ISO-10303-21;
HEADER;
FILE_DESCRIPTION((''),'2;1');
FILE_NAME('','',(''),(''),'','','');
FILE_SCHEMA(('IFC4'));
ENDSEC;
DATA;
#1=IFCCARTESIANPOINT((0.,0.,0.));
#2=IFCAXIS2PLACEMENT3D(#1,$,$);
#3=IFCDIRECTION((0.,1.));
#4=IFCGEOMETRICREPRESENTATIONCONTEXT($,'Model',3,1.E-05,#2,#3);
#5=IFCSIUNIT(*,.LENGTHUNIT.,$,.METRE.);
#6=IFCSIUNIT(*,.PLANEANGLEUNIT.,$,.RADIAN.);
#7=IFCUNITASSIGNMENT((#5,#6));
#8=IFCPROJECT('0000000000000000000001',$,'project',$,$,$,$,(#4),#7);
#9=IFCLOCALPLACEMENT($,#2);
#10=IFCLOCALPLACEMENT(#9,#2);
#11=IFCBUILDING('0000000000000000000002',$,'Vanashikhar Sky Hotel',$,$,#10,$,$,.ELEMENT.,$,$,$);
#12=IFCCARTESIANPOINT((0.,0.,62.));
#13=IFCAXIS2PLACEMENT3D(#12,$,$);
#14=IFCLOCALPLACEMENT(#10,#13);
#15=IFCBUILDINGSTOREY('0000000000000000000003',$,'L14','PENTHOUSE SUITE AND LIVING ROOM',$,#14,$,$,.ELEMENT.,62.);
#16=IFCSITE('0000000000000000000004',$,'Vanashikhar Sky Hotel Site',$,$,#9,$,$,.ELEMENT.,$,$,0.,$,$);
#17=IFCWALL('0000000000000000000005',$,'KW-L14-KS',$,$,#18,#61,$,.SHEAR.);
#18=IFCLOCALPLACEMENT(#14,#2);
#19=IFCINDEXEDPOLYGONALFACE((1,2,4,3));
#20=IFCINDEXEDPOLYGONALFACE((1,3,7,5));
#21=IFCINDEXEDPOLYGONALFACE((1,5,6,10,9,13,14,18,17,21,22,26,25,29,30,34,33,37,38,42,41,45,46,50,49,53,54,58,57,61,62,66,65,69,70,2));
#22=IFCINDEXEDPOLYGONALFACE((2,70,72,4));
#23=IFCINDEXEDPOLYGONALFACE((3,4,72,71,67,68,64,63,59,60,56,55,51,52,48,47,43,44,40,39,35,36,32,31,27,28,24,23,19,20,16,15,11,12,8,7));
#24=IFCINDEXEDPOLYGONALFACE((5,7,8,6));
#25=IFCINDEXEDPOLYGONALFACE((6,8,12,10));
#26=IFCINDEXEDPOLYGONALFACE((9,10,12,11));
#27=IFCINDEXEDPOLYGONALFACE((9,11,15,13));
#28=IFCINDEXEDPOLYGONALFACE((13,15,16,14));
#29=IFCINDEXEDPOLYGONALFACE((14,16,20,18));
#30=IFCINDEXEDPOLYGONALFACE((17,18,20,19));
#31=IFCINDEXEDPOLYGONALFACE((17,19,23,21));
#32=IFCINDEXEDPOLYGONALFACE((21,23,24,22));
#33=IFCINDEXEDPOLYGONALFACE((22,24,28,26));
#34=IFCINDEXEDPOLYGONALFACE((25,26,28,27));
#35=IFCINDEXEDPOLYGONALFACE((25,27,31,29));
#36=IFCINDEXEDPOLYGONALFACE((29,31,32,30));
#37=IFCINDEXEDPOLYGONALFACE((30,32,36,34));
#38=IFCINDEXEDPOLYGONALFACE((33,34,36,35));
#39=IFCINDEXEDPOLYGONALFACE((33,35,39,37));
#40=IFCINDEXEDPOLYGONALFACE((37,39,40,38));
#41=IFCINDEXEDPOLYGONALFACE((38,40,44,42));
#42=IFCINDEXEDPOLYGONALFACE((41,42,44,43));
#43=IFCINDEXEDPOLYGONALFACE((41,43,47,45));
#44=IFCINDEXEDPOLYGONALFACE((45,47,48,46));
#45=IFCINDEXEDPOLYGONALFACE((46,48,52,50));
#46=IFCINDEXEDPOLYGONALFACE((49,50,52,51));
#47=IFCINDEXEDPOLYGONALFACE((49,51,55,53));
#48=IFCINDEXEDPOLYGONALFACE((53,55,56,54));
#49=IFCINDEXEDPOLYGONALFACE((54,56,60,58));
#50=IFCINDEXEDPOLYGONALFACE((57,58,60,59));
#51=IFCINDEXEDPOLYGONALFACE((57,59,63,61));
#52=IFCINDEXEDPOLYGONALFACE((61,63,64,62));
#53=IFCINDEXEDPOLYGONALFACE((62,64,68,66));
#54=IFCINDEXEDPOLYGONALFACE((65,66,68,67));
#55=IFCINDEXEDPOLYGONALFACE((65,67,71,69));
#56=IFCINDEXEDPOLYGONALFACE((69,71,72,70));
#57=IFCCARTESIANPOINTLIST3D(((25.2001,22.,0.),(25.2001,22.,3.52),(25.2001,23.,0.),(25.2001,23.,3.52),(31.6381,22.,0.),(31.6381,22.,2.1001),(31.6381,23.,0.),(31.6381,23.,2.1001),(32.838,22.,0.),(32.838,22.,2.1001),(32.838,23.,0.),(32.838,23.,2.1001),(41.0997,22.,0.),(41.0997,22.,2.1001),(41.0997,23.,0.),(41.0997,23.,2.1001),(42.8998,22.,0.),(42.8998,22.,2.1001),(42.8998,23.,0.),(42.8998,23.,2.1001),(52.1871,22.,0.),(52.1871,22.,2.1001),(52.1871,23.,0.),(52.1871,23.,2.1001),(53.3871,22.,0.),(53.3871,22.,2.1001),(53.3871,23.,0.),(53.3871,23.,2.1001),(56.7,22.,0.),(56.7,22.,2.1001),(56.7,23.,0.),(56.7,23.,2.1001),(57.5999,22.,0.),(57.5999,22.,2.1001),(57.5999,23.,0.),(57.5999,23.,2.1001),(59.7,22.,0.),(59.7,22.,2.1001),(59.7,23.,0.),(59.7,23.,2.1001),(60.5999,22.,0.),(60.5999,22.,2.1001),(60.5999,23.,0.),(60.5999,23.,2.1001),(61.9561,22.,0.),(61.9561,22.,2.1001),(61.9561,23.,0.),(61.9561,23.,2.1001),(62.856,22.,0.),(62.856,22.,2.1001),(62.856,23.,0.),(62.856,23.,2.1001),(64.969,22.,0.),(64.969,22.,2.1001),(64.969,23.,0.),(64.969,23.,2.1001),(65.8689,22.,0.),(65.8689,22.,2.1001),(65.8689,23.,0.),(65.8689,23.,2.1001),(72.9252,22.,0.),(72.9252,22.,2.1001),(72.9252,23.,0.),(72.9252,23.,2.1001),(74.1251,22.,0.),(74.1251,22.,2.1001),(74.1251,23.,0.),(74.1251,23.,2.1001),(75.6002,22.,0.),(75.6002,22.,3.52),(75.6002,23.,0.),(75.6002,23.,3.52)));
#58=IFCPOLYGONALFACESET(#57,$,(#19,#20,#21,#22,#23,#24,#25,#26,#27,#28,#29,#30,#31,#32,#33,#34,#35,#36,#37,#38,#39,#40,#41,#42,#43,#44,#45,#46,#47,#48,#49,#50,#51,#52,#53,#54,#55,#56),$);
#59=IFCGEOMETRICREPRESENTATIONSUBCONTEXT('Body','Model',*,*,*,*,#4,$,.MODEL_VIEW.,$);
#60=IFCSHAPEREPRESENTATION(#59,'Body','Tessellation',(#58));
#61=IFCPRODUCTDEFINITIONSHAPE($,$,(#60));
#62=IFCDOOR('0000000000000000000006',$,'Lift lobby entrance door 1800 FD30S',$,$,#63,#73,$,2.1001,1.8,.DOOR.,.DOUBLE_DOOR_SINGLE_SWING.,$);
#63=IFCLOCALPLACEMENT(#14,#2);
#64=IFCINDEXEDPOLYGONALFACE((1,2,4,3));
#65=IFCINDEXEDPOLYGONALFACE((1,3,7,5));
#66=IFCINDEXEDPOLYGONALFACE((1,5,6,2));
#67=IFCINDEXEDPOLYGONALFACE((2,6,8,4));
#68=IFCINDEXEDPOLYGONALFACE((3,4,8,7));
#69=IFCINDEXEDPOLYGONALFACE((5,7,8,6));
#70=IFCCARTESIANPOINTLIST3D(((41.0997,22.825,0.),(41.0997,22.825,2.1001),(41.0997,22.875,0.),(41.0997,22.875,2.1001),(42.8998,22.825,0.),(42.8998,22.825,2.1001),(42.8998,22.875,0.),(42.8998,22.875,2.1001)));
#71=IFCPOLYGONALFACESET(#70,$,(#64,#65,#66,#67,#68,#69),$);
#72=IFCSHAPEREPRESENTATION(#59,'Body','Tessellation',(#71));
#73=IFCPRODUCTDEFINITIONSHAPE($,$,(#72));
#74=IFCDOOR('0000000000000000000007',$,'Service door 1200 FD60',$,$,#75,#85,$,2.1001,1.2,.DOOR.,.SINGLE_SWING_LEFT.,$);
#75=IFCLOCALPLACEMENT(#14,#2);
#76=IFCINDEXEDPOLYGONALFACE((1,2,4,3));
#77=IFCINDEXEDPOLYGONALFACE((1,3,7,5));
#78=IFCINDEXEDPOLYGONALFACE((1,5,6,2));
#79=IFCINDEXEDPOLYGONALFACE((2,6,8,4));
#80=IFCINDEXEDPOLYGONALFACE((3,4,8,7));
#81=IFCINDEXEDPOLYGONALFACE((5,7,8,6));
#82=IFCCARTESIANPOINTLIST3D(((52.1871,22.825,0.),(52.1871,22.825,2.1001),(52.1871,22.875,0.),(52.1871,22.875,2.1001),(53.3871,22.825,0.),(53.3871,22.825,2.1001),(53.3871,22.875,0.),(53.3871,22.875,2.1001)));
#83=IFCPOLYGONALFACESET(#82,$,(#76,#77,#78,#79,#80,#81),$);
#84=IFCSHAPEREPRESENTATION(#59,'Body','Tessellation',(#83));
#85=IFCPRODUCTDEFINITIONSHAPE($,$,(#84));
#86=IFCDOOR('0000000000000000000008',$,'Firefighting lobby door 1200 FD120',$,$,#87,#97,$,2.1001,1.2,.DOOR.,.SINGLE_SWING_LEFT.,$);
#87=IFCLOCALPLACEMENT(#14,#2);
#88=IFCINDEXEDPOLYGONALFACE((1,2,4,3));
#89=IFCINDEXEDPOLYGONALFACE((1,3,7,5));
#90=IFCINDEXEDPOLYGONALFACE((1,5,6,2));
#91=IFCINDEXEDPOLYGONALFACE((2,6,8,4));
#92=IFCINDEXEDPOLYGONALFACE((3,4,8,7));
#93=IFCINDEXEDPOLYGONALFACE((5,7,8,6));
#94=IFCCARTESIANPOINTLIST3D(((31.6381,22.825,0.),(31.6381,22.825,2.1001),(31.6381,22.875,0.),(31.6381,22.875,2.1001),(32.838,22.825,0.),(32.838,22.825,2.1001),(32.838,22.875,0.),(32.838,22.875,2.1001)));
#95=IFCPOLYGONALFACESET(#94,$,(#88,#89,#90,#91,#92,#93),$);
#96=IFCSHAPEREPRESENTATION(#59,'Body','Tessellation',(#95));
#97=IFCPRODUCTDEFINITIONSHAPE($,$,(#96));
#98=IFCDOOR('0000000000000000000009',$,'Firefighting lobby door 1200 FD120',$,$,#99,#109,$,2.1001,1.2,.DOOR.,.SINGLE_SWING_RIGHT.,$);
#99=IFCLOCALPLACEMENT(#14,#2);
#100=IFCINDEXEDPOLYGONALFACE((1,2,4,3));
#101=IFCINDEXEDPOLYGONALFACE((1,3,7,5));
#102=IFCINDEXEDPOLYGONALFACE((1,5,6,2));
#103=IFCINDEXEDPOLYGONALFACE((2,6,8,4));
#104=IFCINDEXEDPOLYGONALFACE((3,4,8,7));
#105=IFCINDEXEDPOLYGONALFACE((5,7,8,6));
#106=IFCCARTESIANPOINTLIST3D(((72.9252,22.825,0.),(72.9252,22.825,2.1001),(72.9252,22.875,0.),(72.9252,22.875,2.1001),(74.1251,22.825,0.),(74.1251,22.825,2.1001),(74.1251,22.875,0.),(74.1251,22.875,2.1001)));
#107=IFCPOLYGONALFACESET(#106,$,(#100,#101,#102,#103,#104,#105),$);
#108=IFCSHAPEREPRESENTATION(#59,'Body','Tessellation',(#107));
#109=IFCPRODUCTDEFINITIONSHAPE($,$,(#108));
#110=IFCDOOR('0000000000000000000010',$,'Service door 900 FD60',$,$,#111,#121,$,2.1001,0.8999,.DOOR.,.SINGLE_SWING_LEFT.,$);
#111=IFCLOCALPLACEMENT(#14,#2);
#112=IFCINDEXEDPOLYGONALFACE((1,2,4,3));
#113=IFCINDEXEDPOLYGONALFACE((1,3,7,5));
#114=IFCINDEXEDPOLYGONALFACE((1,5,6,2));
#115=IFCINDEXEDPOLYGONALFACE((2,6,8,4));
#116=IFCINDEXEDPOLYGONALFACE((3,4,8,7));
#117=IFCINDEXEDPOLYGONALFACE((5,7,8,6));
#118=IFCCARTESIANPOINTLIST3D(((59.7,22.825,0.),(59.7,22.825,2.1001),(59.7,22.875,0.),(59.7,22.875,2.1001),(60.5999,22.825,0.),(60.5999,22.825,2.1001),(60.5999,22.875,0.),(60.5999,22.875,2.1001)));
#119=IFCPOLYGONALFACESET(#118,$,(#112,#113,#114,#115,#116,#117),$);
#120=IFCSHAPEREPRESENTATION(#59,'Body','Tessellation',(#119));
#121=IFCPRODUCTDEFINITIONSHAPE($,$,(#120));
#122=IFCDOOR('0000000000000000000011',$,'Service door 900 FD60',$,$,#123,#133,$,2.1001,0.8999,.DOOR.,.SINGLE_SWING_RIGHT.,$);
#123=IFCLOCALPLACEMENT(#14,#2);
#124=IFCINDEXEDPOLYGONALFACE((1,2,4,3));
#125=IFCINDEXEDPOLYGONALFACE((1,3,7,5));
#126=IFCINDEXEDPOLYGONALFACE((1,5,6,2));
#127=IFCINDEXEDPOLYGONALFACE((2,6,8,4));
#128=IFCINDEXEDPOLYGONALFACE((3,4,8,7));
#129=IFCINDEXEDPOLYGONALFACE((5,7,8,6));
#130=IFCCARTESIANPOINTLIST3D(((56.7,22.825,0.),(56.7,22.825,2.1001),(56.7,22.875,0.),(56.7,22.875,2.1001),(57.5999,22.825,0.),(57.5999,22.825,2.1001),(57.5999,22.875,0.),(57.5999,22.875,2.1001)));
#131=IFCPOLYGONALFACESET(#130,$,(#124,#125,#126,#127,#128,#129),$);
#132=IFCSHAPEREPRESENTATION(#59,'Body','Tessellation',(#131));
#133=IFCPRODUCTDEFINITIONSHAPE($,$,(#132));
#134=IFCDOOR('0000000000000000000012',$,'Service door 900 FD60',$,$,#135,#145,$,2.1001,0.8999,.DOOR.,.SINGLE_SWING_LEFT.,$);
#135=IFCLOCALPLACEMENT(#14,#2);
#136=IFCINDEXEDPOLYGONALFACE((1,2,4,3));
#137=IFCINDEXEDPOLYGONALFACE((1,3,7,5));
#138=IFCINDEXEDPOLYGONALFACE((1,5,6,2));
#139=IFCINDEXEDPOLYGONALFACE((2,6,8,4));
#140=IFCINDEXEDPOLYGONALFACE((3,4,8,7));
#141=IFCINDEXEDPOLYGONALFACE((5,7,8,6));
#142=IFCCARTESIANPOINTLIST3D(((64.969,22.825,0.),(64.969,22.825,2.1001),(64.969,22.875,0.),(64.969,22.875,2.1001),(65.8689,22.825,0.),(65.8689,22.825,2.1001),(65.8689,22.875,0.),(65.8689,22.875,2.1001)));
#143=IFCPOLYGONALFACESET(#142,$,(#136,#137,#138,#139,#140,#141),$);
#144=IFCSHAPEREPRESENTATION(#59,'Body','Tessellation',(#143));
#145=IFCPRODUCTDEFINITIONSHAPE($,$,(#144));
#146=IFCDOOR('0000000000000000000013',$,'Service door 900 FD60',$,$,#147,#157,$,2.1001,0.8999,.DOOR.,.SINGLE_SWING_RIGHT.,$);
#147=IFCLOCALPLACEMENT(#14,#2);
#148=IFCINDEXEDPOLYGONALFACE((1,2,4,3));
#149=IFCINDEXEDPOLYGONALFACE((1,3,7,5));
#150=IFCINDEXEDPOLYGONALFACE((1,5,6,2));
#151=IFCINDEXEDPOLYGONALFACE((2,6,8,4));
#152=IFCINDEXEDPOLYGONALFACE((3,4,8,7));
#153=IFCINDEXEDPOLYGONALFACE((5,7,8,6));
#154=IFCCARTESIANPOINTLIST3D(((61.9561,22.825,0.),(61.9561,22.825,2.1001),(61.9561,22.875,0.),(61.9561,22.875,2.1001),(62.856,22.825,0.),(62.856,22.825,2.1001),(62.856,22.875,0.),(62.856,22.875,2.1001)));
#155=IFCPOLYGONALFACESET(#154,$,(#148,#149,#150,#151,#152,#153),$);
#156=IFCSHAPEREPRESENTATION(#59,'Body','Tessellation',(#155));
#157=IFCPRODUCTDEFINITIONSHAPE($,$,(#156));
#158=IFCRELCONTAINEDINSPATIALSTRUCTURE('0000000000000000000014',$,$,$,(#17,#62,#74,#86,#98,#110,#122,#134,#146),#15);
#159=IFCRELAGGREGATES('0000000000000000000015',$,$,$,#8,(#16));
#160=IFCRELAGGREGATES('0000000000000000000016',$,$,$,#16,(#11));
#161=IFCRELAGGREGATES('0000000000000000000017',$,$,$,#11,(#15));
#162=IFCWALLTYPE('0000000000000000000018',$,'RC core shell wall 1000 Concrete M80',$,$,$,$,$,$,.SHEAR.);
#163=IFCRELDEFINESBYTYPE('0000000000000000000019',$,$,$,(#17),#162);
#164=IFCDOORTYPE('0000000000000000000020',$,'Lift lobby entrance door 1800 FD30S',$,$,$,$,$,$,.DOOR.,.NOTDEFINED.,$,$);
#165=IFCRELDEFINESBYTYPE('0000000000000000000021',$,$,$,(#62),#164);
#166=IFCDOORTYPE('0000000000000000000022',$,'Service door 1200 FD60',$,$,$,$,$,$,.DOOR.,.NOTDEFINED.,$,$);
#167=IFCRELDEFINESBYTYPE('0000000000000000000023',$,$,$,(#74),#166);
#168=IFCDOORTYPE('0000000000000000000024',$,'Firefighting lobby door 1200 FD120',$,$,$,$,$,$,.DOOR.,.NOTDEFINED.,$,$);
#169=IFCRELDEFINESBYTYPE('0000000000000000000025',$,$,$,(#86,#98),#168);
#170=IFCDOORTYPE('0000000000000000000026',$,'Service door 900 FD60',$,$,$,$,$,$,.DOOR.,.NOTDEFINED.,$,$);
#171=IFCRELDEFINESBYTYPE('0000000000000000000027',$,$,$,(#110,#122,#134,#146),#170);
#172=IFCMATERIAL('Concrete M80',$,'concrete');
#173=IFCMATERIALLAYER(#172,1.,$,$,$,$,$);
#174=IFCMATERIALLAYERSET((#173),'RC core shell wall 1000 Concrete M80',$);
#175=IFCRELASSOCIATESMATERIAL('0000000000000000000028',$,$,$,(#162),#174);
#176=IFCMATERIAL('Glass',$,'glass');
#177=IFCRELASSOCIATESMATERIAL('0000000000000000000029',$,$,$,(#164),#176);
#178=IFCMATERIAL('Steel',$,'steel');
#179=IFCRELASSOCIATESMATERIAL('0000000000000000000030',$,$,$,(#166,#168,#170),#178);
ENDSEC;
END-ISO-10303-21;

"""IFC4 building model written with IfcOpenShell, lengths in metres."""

from ifc_helpers import new_model, si_unit, direction, frame, frame_2d, origin, place, context, subcontext, project, spatial, rectangle, extrude, source, transform, mapped, material, layer, layer_set, type_object, element, fill, save


model = new_model("IFC4")

# Units and contexts
model_context = context("Model", 3, precision=1e-05, world=origin(), true_north=direction((0.0, 1.0)))
body_context = subcontext(model_context, "Body", "Model", "MODEL_VIEW")
ifc_project = project(units=[si_unit("LENGTHUNIT", "METRE"), si_unit("PLANEANGLEUNIT", "RADIAN")], contexts=[model_context])

# Site, building, storey
site_placement = place(None, origin())
site = spatial("IfcSite", under=ifc_project, at=site_placement, Name="Vanashikhar Sky Hotel Site", CompositionType="ELEMENT", RefElevation=0.0)
building_placement = place(site_placement, origin())
building = spatial("IfcBuilding", under=site, at=building_placement, Name="Vanashikhar Sky Hotel", CompositionType="ELEMENT")
storey_placement = place(building_placement, frame((0.0, 0.0, 62.0)))
storey = spatial("IfcBuildingStorey", under=building, at=storey_placement, Name="L14", Description="PENTHOUSE SUITE AND LIVING ROOM", CompositionType="ELEMENT", Elevation=62.0)

# Wall, openings, doors
ifc_material_1 = material(Name="Concrete M80", Category="concrete")
ifc_layer_1 = layer(ifc_material_1, 1.0)
ifc_layer_set_1 = layer_set([ifc_layer_1], Name="RC core shell wall 1000 Concrete M80")
wall_type_1 = type_object("IfcWallType", Name="RC core shell wall 1000 Concrete M80", PredefinedType="SHEAR", material=ifc_layer_set_1)
shared_shape_1 = source(origin(), body_context, "Body", "SweptSolid", [
    extrude(rectangle(XDim=50.4001, YDim=1.0, at=frame_2d((25.2002, 0.0))), origin(), (0.0, 0.0, 1.0), 3.52),
])
wall_1_placement = place(storey_placement, frame((25.2, 22.5, 0.0), z_axis=(0.0, 0.0, 1.0), x_axis=(1.0, 0.0, 0.0)))
wall_1 = element("IfcWall", 1, at=wall_1_placement, inside=storey, type_object=wall_type_1, Name="KW-L14-KS", PredefinedType="SHEAR", context=body_context, shape_type="MappedRepresentation", body=[
    mapped(shared_shape_1, transform((0.0, 0.0, 0.0), scale=1.0)),
])
shared_shape_2 = source(origin(), body_context, "Body", "SweptSolid", [
    extrude(rectangle(XDim=1.8, YDim=2.1001, at=frame_2d((0.8999, 1.05))), frame((0.0, 0.51, 0.0), z_axis=(0.0, -1.0, 0.0), x_axis=(1.0, 0.0, 0.0)), (0.0, 0.0, 1.0), 1.02),
])
opening_1_placement = place(wall_1_placement, frame((15.8999, 0.0, 0.0)))
opening_1 = element("IfcOpeningElement", 2, at=opening_1_placement, cuts=wall_1, PredefinedType="OPENING", context=body_context, shape_type="MappedRepresentation", body=[
    mapped(shared_shape_2, transform((0.0, 0.0, 0.0), scale=1.0)),
])
shared_shape_3 = source(origin(), body_context, "Body", "SweptSolid", [
    extrude(rectangle(XDim=1.2, YDim=2.1001, at=frame_2d((0.6001, 1.05))), frame((0.0, 0.51, 0.0), z_axis=(0.0, -1.0, 0.0), x_axis=(1.0, 0.0, 0.0)), (0.0, 0.0, 1.0), 1.02),
])
opening_2_placement = place(wall_1_placement, frame((26.9871, 0.0, 0.0)))
opening_2 = element("IfcOpeningElement", 3, at=opening_2_placement, cuts=wall_1, PredefinedType="OPENING", context=body_context, shape_type="MappedRepresentation", body=[
    mapped(shared_shape_3, transform((0.0, 0.0, 0.0), scale=1.0)),
])
shared_shape_4 = source(origin(), body_context, "Body", "SweptSolid", [
    extrude(rectangle(XDim=0.8999, YDim=2.1001, at=frame_2d((0.45, 1.05))), frame((0.0, 0.51, 0.0), z_axis=(0.0, -1.0, 0.0), x_axis=(1.0, 0.0, 0.0)), (0.0, 0.0, 1.0), 1.02),
])
opening_3_placement = place(wall_1_placement, frame((34.5, 0.0, 0.0)))
opening_3 = element("IfcOpeningElement", 4, at=opening_3_placement, cuts=wall_1, PredefinedType="OPENING", context=body_context, shape_type="MappedRepresentation", body=[
    mapped(shared_shape_4, transform((0.0, 0.0, 0.0), scale=1.0)),
])
opening_4_placement = place(wall_1_placement, frame((31.5, 0.0, 0.0)))
opening_4 = element("IfcOpeningElement", 5, at=opening_4_placement, cuts=wall_1, PredefinedType="OPENING", context=body_context, shape_type="MappedRepresentation", body=[
    mapped(shared_shape_4, transform((0.0, 0.0, 0.0), scale=1.0)),
])
opening_5_placement = place(wall_1_placement, frame((39.769, 0.0, 0.0)))
opening_5 = element("IfcOpeningElement", 6, at=opening_5_placement, cuts=wall_1, PredefinedType="OPENING", context=body_context, shape_type="MappedRepresentation", body=[
    mapped(shared_shape_4, transform((0.0, 0.0, 0.0), scale=1.0)),
])
opening_6_placement = place(wall_1_placement, frame((36.7561, 0.0, 0.0)))
opening_6 = element("IfcOpeningElement", 7, at=opening_6_placement, cuts=wall_1, PredefinedType="OPENING", context=body_context, shape_type="MappedRepresentation", body=[
    mapped(shared_shape_4, transform((0.0, 0.0, 0.0), scale=1.0)),
])
opening_7_placement = place(wall_1_placement, frame((6.438, 0.0, 0.0)))
opening_7 = element("IfcOpeningElement", 8, at=opening_7_placement, cuts=wall_1, PredefinedType="OPENING", context=body_context, shape_type="MappedRepresentation", body=[
    mapped(shared_shape_3, transform((0.0, 0.0, 0.0), scale=1.0)),
])
opening_8_placement = place(wall_1_placement, frame((47.7251, 0.0, 0.0)))
opening_8 = element("IfcOpeningElement", 9, at=opening_8_placement, cuts=wall_1, PredefinedType="OPENING", context=body_context, shape_type="MappedRepresentation", body=[
    mapped(shared_shape_3, transform((0.0, 0.0, 0.0), scale=1.0)),
])
ifc_material_2 = material(Name="Glass", Category="glass")
door_type_1 = type_object("IfcDoorType", Name="Lift lobby entrance door 1800 FD30S", OperationType="NOTDEFINED", PredefinedType="DOOR", material=ifc_material_2)
shared_shape_5 = source(origin(), body_context, "Body", "SweptSolid", [
    extrude(rectangle(XDim=1.8, YDim=2.1001, at=frame_2d((0.8999, 1.05))), frame((0.0, 0.375, 0.0), z_axis=(0.0, -1.0, 0.0), x_axis=(1.0, 0.0, 0.0)), (0.0, 0.0, 1.0), 0.05),
])
door_1_placement = place(opening_1_placement, origin())
door_1 = element("IfcDoor", 10, at=door_1_placement, inside=storey, type_object=door_type_1, Name="Lift lobby entrance door 1800 FD30S", OperationType="DOUBLE_DOOR_SINGLE_SWING", OverallHeight=2.1001, OverallWidth=1.8, PredefinedType="DOOR", context=body_context, shape_type="MappedRepresentation", body=[
    mapped(shared_shape_5, transform((0.0, 0.0, 0.0), scale=1.0)),
])
fill(opening_1, door_1)
ifc_material_3 = material(Name="Steel", Category="steel")
door_type_2 = type_object("IfcDoorType", Name="Service door 1200 FD60", OperationType="NOTDEFINED", PredefinedType="DOOR", material=ifc_material_3)
shared_shape_6 = source(origin(), body_context, "Body", "SweptSolid", [
    extrude(rectangle(XDim=1.2, YDim=2.1001, at=frame_2d((0.6001, 1.05))), frame((0.0, 0.375, 0.0), z_axis=(0.0, -1.0, 0.0), x_axis=(1.0, 0.0, 0.0)), (0.0, 0.0, 1.0), 0.05),
])
door_2_placement = place(opening_2_placement, origin())
door_2 = element("IfcDoor", 11, at=door_2_placement, inside=storey, type_object=door_type_2, Name="Service door 1200 FD60", OperationType="SINGLE_SWING_LEFT", OverallHeight=2.1001, OverallWidth=1.2, PredefinedType="DOOR", context=body_context, shape_type="MappedRepresentation", body=[
    mapped(shared_shape_6, transform((0.0, 0.0, 0.0), scale=1.0)),
])
fill(opening_2, door_2)
door_type_3 = type_object("IfcDoorType", Name="Firefighting lobby door 1200 FD120", OperationType="NOTDEFINED", PredefinedType="DOOR", material=ifc_material_3)
door_3_placement = place(opening_7_placement, origin())
door_3 = element("IfcDoor", 12, at=door_3_placement, inside=storey, type_object=door_type_3, Name="Firefighting lobby door 1200 FD120", OperationType="SINGLE_SWING_LEFT", OverallHeight=2.1001, OverallWidth=1.2, PredefinedType="DOOR", context=body_context, shape_type="MappedRepresentation", body=[
    mapped(shared_shape_6, transform((0.0, 0.0, 0.0), scale=1.0)),
])
fill(opening_7, door_3)
door_4_placement = place(opening_8_placement, origin())
door_4 = element("IfcDoor", 13, at=door_4_placement, inside=storey, type_object=door_type_3, Name="Firefighting lobby door 1200 FD120", OperationType="SINGLE_SWING_RIGHT", OverallHeight=2.1001, OverallWidth=1.2, PredefinedType="DOOR", context=body_context, shape_type="MappedRepresentation", body=[
    mapped(shared_shape_6, transform((0.0, 0.0, 0.0), scale=1.0)),
])
fill(opening_8, door_4)
door_type_4 = type_object("IfcDoorType", Name="Service door 900 FD60", OperationType="NOTDEFINED", PredefinedType="DOOR", material=ifc_material_3)
shared_shape_7 = source(origin(), body_context, "Body", "SweptSolid", [
    extrude(rectangle(XDim=0.8999, YDim=2.1001, at=frame_2d((0.45, 1.05))), frame((0.0, 0.375, 0.0), z_axis=(0.0, -1.0, 0.0), x_axis=(1.0, 0.0, 0.0)), (0.0, 0.0, 1.0), 0.05),
])
door_5_placement = place(opening_3_placement, origin())
door_5 = element("IfcDoor", 14, at=door_5_placement, inside=storey, type_object=door_type_4, Name="Service door 900 FD60", OperationType="SINGLE_SWING_LEFT", OverallHeight=2.1001, OverallWidth=0.8999, PredefinedType="DOOR", context=body_context, shape_type="MappedRepresentation", body=[
    mapped(shared_shape_7, transform((0.0, 0.0, 0.0), scale=1.0)),
])
fill(opening_3, door_5)
door_6_placement = place(opening_4_placement, origin())
door_6 = element("IfcDoor", 15, at=door_6_placement, inside=storey, type_object=door_type_4, Name="Service door 900 FD60", OperationType="SINGLE_SWING_RIGHT", OverallHeight=2.1001, OverallWidth=0.8999, PredefinedType="DOOR", context=body_context, shape_type="MappedRepresentation", body=[
    mapped(shared_shape_7, transform((0.0, 0.0, 0.0), scale=1.0)),
])
fill(opening_4, door_6)
door_7_placement = place(opening_5_placement, origin())
door_7 = element("IfcDoor", 16, at=door_7_placement, inside=storey, type_object=door_type_4, Name="Service door 900 FD60", OperationType="SINGLE_SWING_LEFT", OverallHeight=2.1001, OverallWidth=0.8999, PredefinedType="DOOR", context=body_context, shape_type="MappedRepresentation", body=[
    mapped(shared_shape_7, transform((0.0, 0.0, 0.0), scale=1.0)),
])
fill(opening_5, door_7)
door_8_placement = place(opening_6_placement, origin())
door_8 = element("IfcDoor", 17, at=door_8_placement, inside=storey, type_object=door_type_4, Name="Service door 900 FD60", OperationType="SINGLE_SWING_RIGHT", OverallHeight=2.1001, OverallWidth=0.8999, PredefinedType="DOOR", context=body_context, shape_type="MappedRepresentation", body=[
    mapped(shared_shape_7, transform((0.0, 0.0, 0.0), scale=1.0)),
])
fill(opening_6, door_8)

save(model, "model.ifc")
